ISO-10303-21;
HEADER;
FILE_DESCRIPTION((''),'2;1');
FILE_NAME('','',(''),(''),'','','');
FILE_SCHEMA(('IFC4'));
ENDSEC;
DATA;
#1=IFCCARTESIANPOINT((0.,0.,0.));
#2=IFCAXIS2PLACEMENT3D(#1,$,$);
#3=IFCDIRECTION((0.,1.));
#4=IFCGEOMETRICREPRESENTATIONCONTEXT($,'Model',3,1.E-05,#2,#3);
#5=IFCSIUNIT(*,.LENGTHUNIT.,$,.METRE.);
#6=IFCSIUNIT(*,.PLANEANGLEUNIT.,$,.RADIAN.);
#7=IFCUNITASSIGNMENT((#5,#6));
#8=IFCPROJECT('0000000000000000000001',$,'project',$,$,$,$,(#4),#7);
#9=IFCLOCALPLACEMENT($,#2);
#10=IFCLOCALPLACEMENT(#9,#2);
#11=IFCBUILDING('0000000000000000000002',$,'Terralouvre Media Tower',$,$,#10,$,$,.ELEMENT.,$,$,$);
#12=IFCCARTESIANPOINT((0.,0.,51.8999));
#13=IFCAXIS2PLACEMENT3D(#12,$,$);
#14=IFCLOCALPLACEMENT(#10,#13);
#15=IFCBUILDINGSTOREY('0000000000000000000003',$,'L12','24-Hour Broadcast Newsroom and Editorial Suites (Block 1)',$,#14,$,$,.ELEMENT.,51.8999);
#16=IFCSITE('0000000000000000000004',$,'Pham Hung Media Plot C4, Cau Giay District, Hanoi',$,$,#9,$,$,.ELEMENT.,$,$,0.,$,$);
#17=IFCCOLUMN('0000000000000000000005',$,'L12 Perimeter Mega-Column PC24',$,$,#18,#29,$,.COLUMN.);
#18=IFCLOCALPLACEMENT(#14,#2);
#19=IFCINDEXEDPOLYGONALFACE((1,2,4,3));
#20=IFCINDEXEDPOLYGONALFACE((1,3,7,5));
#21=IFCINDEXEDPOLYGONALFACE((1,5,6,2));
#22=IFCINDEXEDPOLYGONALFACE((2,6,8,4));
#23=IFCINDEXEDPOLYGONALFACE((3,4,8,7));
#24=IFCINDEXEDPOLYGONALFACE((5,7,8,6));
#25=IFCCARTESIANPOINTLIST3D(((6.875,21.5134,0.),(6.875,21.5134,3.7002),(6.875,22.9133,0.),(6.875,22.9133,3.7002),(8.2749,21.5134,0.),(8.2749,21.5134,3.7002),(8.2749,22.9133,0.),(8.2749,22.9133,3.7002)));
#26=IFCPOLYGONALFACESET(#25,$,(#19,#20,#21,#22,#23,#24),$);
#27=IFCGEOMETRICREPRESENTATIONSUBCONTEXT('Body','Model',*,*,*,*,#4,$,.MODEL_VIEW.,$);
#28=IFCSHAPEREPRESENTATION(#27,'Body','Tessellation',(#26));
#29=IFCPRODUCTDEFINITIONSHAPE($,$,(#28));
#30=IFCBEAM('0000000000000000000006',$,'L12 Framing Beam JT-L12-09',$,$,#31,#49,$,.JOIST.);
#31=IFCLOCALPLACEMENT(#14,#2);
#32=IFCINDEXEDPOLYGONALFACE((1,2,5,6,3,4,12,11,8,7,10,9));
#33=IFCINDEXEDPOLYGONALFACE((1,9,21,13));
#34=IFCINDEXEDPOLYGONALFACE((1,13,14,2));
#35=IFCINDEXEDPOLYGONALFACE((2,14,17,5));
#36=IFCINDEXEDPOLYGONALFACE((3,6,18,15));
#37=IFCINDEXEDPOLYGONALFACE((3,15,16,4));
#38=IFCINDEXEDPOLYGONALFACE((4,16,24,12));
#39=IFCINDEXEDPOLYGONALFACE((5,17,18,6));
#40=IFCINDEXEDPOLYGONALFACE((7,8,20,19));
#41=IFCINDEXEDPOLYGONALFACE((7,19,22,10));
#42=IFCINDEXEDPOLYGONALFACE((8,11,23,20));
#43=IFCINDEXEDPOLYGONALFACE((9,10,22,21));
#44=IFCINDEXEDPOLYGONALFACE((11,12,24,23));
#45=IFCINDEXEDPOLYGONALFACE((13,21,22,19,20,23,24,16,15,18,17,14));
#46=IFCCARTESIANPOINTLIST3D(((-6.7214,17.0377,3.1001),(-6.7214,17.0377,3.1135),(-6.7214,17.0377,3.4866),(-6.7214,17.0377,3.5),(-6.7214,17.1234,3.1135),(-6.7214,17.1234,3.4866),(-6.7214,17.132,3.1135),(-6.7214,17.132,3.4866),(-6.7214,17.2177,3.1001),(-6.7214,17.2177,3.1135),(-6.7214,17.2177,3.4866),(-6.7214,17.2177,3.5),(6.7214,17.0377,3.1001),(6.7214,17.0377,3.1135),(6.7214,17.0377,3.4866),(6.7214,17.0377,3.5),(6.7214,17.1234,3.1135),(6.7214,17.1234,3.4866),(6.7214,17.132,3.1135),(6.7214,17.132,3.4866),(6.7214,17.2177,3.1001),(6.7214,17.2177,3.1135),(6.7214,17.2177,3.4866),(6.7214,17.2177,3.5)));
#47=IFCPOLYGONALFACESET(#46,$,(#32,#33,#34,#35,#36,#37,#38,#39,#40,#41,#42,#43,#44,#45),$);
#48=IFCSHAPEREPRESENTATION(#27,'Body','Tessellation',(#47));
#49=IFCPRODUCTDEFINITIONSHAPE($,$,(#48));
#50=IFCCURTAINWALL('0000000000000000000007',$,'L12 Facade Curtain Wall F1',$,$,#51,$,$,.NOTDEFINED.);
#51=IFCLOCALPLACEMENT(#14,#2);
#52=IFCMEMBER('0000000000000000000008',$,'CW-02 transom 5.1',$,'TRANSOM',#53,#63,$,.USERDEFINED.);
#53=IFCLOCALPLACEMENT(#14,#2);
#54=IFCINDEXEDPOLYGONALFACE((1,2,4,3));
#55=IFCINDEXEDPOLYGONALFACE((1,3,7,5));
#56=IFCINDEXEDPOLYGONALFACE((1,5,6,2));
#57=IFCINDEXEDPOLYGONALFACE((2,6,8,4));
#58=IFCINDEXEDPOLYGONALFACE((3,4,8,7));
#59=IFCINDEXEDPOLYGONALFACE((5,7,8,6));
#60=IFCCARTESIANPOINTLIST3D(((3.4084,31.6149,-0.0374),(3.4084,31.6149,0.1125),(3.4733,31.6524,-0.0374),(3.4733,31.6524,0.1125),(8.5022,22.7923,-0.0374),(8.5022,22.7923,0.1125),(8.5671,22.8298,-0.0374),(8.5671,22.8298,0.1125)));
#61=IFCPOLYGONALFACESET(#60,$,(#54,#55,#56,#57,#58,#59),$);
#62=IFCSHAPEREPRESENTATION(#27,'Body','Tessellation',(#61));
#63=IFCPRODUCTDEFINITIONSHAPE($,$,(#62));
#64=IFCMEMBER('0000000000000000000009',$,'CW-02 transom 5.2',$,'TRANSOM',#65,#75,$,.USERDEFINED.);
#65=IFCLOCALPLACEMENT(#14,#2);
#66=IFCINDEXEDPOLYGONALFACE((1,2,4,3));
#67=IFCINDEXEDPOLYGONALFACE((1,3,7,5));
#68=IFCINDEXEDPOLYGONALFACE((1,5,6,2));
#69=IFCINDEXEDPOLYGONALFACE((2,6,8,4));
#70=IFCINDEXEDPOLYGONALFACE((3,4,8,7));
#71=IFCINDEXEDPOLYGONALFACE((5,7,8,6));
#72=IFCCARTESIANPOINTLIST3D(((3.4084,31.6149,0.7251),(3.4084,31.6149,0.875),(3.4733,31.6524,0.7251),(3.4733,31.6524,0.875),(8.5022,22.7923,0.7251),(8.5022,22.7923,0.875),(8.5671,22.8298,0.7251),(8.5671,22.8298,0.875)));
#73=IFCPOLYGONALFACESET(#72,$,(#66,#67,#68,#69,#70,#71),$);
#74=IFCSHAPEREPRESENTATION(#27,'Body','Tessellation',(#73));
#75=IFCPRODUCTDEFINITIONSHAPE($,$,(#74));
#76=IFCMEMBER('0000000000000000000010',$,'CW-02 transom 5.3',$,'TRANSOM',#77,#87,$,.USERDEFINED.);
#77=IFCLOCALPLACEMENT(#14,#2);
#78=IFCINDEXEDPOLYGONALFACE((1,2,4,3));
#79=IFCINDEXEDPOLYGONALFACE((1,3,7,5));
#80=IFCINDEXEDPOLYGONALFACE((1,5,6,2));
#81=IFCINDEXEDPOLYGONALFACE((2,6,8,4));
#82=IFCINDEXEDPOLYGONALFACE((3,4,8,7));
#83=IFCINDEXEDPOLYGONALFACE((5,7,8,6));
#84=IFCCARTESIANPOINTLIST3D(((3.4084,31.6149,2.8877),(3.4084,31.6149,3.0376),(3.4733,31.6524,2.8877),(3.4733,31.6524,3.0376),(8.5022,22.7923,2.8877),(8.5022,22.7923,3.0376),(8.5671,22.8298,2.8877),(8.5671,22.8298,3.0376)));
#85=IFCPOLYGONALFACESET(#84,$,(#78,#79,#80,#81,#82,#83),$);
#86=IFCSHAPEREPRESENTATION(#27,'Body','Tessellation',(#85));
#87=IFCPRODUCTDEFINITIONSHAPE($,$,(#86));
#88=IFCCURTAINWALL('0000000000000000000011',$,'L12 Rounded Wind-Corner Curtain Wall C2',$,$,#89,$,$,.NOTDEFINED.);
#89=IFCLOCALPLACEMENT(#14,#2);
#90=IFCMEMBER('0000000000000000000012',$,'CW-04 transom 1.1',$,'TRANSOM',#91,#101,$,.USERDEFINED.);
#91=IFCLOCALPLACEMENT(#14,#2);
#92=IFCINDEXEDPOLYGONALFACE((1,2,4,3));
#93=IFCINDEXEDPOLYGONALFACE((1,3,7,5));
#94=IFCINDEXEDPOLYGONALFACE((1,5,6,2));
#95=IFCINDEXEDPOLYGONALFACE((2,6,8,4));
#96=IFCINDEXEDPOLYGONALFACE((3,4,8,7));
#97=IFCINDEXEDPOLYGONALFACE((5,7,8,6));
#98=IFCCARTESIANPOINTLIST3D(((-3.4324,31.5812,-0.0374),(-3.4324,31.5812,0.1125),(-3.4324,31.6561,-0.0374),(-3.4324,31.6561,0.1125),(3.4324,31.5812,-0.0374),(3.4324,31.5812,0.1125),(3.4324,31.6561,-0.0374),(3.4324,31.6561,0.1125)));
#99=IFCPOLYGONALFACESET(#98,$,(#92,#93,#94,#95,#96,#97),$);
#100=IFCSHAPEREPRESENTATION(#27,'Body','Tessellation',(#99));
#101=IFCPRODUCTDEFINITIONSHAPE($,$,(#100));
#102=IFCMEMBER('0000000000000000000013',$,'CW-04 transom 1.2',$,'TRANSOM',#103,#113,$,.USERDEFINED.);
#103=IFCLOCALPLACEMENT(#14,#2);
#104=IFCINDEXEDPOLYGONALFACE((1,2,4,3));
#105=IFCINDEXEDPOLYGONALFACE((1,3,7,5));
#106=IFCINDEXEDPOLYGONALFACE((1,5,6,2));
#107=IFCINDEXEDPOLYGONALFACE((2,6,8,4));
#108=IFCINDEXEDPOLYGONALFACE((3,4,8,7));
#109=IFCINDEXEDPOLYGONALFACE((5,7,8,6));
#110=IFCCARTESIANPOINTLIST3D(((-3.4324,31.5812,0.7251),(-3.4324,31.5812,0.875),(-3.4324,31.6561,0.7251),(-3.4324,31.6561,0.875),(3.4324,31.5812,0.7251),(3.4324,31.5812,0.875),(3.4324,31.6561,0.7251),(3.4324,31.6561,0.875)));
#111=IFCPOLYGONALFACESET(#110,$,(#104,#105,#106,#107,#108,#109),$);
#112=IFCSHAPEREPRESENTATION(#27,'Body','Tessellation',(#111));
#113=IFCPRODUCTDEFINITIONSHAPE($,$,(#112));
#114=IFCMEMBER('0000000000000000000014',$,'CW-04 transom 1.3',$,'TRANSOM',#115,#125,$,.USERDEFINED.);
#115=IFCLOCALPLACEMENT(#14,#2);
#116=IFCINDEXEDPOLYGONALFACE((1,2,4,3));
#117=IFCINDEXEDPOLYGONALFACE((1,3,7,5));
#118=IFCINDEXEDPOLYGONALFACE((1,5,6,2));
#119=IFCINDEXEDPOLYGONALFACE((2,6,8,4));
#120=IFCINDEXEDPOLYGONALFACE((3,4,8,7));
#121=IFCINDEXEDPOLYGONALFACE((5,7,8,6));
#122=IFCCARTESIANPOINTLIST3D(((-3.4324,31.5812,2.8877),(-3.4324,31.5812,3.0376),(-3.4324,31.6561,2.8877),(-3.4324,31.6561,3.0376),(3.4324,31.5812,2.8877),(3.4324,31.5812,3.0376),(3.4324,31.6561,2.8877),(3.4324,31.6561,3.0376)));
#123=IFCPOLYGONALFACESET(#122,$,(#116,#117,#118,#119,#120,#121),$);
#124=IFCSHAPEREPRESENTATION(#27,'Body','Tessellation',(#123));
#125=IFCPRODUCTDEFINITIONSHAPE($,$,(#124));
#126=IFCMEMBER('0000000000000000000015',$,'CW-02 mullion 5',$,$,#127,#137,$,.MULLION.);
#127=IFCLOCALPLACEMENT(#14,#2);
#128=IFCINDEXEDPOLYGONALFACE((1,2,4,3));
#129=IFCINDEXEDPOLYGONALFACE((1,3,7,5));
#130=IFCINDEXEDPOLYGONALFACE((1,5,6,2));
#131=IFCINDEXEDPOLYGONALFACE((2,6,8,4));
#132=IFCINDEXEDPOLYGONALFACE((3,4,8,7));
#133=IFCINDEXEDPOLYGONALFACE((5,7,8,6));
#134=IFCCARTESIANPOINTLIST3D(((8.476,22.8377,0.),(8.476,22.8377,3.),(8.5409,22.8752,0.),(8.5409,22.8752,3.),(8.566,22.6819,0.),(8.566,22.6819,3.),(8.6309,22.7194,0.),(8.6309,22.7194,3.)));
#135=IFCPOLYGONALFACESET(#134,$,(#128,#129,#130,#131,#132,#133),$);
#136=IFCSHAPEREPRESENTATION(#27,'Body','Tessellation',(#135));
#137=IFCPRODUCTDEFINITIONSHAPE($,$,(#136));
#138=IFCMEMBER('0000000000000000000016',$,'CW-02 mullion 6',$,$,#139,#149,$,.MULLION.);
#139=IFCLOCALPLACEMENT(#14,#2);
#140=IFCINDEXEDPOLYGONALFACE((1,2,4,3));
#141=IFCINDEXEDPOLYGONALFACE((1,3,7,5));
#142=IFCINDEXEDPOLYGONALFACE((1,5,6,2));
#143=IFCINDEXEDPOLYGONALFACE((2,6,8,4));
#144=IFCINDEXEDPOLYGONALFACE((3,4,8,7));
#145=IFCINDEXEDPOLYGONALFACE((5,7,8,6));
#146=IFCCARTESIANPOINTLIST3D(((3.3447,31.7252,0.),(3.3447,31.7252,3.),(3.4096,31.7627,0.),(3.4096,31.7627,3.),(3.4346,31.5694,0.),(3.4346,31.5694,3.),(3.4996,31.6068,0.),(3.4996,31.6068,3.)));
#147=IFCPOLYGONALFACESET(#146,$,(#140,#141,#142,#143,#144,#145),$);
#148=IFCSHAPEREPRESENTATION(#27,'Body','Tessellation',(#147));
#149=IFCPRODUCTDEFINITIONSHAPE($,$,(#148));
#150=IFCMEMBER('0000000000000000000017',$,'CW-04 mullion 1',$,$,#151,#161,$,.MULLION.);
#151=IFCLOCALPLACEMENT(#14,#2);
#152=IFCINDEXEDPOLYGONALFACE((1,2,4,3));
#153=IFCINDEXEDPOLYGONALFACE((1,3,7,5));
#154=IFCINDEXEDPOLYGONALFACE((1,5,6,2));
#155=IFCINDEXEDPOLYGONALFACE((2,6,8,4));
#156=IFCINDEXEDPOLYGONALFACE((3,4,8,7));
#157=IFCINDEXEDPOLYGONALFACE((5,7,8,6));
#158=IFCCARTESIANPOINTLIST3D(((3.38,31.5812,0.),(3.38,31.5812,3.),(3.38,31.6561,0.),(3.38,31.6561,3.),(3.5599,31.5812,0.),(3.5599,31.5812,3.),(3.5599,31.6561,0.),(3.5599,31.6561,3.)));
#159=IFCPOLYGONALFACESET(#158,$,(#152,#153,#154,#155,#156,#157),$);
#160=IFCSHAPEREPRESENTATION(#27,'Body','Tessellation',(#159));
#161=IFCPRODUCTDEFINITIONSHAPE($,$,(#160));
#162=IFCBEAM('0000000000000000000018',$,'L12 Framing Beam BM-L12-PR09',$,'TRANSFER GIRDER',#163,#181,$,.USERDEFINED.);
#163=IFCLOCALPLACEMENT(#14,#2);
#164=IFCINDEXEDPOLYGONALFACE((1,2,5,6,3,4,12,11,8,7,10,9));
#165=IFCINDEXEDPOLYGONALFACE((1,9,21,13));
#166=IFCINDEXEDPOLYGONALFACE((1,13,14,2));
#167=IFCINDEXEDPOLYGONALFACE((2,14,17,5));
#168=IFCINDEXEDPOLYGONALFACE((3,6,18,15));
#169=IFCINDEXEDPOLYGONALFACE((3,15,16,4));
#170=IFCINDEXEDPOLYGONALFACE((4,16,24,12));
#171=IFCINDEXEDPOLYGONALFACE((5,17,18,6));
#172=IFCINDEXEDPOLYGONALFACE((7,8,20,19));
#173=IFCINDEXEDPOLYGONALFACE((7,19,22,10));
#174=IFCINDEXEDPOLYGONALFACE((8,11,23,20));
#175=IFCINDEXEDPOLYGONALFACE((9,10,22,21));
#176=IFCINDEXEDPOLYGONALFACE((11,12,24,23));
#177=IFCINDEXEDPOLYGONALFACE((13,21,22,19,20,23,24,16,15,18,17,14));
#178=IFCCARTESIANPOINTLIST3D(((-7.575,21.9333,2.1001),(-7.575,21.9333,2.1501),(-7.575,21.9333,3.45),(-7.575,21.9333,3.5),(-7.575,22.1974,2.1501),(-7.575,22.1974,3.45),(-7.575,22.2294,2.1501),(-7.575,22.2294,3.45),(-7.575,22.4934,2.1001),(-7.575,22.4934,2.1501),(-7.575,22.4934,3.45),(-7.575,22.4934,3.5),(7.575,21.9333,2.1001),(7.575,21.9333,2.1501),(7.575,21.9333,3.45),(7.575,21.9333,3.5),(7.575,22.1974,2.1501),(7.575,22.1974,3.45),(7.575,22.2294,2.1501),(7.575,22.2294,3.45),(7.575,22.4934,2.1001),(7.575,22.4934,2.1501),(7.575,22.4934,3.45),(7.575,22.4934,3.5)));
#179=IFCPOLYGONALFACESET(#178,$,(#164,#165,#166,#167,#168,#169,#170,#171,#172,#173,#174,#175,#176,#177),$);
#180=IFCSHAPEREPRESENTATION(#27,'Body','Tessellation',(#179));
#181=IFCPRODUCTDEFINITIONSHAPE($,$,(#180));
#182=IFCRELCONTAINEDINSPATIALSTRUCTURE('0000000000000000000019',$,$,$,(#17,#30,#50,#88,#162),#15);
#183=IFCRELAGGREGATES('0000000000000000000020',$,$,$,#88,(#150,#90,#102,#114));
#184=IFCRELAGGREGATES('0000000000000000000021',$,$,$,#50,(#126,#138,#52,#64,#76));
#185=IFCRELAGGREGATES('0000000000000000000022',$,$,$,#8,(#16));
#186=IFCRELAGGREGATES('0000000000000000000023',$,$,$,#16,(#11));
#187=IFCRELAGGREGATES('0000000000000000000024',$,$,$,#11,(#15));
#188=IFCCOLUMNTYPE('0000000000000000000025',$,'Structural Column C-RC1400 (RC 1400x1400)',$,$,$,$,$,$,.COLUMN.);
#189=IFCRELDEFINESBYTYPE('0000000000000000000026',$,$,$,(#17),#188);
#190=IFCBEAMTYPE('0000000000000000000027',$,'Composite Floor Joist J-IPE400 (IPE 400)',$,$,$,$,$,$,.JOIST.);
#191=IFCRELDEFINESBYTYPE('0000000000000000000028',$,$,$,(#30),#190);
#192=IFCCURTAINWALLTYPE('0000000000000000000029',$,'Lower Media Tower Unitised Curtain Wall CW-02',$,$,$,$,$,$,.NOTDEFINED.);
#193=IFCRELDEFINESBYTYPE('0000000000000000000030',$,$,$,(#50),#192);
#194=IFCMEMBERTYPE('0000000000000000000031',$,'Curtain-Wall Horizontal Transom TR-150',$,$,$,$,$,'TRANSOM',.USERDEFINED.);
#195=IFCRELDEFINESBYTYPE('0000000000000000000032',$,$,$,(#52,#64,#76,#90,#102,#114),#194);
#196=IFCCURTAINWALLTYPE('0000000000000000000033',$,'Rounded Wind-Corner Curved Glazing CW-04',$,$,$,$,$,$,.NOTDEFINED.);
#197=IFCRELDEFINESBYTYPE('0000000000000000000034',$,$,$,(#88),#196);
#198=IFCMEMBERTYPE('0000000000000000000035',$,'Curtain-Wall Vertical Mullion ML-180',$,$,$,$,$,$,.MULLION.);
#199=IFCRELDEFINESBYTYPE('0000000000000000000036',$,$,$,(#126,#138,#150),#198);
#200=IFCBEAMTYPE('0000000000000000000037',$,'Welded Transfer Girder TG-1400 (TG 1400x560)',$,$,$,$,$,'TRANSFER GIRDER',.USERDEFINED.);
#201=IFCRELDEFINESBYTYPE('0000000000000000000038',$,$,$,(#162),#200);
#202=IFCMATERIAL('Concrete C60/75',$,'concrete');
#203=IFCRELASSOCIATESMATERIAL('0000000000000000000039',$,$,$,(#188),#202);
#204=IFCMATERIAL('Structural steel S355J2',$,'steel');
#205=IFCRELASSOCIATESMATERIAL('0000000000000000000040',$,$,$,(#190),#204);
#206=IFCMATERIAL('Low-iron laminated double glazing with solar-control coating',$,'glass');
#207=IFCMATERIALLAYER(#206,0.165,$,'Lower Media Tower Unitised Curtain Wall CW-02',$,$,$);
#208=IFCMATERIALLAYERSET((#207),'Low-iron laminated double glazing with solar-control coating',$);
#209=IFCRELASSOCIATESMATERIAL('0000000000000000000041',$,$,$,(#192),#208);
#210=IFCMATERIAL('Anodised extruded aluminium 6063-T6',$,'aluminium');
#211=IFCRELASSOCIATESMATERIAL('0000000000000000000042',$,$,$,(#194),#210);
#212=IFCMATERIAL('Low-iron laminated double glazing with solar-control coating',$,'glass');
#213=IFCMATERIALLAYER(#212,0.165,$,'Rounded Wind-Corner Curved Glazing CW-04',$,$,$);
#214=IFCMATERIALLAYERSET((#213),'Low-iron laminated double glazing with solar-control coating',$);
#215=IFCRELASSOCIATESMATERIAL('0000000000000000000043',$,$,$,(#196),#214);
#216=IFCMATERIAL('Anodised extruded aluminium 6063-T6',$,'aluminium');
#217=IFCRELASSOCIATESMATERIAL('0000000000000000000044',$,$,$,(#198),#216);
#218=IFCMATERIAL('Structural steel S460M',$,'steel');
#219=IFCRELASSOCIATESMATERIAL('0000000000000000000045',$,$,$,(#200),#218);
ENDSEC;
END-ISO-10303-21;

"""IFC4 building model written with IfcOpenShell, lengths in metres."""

from ifc_helpers import new_model, si_unit, direction, frame, origin, origin_2d, place, context, subcontext, project, spatial, rectangle, i_section, extrude, material, layer, layer_set, material_profile, profile_set, type_object, element, aggregate, save


model = new_model("IFC4")

# Units and contexts
model_context = context("Model", 3, precision=1e-05, world=origin(), true_north=direction((0.0, 1.0)))
body_context = subcontext(model_context, "Body", "Model", "MODEL_VIEW")
ifc_project = project(units=[si_unit("LENGTHUNIT", "METRE"), si_unit("PLANEANGLEUNIT", "RADIAN")], contexts=[model_context])

# Site, building, storey
site_placement = place(None, origin())
site = spatial("IfcSite", under=ifc_project, at=site_placement, Name="Pham Hung Media Plot C4, Cau Giay District, Hanoi", CompositionType="ELEMENT", RefElevation=0.0)
building_placement = place(site_placement, origin())
building = spatial("IfcBuilding", under=site, at=building_placement, Name="Terralouvre Media Tower", CompositionType="ELEMENT")
storey_placement = place(building_placement, frame((0.0, 0.0, 51.8999)))
storey = spatial("IfcBuildingStorey", under=building, at=storey_placement, Name="L12", Description="24-Hour Broadcast Newsroom and Editorial Suites (Block 1)", CompositionType="ELEMENT", Elevation=51.8999)

# Column
ifc_material_1 = material(Name="Concrete C60/75", Category="concrete")
ifc_material_profile_1 = material_profile(ifc_material_1, rectangle(XDim=1.3999, YDim=1.3999, at=origin_2d()), Name="RC 1400x1400")
ifc_profile_set_1 = profile_set([ifc_material_profile_1], Name="Concrete C60/75")
column_type = type_object("IfcColumnType", Name="Structural Column C-RC1400 (RC 1400x1400)", PredefinedType="COLUMN", material=ifc_profile_set_1)
column_placement = place(storey_placement, frame((7.575, 22.2134, 0.0), z_axis=(0.0, 0.0, 1.0), x_axis=(1.0, 0.0, 0.0)))
element("IfcColumn", 1, at=column_placement, inside=storey, type_object=column_type, Name="L12 Perimeter Mega-Column PC24", PredefinedType="COLUMN", context=body_context, shape_type="SweptSolid", body=[
    extrude(rectangle(XDim=1.3999, YDim=1.3999, at=origin_2d()), origin(), (0.0, 0.0, 1.0), 3.7002),
])

# Beam
ifc_material_2 = material(Name="Structural steel S355J2", Category="steel")
ifc_material_profile_2 = material_profile(ifc_material_2, i_section(OverallWidth=0.1799, OverallDepth=0.3999, WebThickness=0.0085, FlangeThickness=0.0134, at=origin_2d()), Name="IPE 400")
ifc_profile_set_2 = profile_set([ifc_material_profile_2], Name="Structural steel S355J2")
beam_type_1 = type_object("IfcBeamType", Name="Composite Floor Joist J-IPE400 (IPE 400)", PredefinedType="JOIST", material=ifc_profile_set_2)
beam_1_placement = place(storey_placement, frame((6.7214, 17.1277, 3.3), z_axis=(-1.0, 0.0, 0.0), x_axis=(0.0, -1.0, 0.0)))
element("IfcBeam", 2, at=beam_1_placement, inside=storey, type_object=beam_type_1, Name="L12 Framing Beam JT-L12-09", PredefinedType="JOIST", context=body_context, shape_type="SweptSolid", body=[
    extrude(i_section(OverallWidth=0.1799, OverallDepth=0.3999, WebThickness=0.0085, FlangeThickness=0.0134, at=origin_2d()), origin(), (0.0, 0.0, 1.0), 13.4429),
])

# Curtain walls, members
ifc_material_3 = material(Name="Low-iron laminated double glazing with solar-control coating", Category="glass")
ifc_layer_1 = layer(ifc_material_3, 0.165, Name="Lower Media Tower Unitised Curtain Wall CW-02")
ifc_layer_set_1 = layer_set([ifc_layer_1], Name="Low-iron laminated double glazing with solar-control coating")
curtain_wall_type_1 = type_object("IfcCurtainWallType", Name="Lower Media Tower Unitised Curtain Wall CW-02", PredefinedType="NOTDEFINED", material=ifc_layer_set_1)
curtain_wall_1_placement = place(storey_placement, origin())
curtain_wall_1 = element("IfcCurtainWall", 3, at=curtain_wall_1_placement, inside=storey, type_object=curtain_wall_type_1, Name="L12 Facade Curtain Wall F1", PredefinedType="NOTDEFINED")
ifc_material_4 = material(Name="Anodised extruded aluminium 6063-T6", Category="aluminium")
ifc_material_profile_3 = material_profile(ifc_material_4, rectangle(XDim=0.075, YDim=0.1499, at=origin_2d()), Name="ALU 75x150")
ifc_profile_set_3 = profile_set([ifc_material_profile_3], Name="Anodised extruded aluminium 6063-T6")
member_type_1 = type_object("IfcMemberType", Name="Curtain-Wall Horizontal Transom TR-150", ElementType="TRANSOM", PredefinedType="USERDEFINED", material=ifc_profile_set_3)
member_1_placement = place(storey_placement, frame((8.5347, 22.811, 0.0376), z_axis=(-0.500005, 0.866022, 0.0), x_axis=(-0.866022, -0.500005, 0.0)))
member_1 = element("IfcMember", 4, at=member_1_placement, type_object=member_type_1, Name="CW-02 transom 5.1", ObjectType="TRANSOM", PredefinedType="USERDEFINED", context=body_context, shape_type="SweptSolid", body=[
    extrude(rectangle(XDim=0.075, YDim=0.1499, at=origin_2d()), origin(), (0.0, 0.0, 1.0), 10.1875),
])
member_2_placement = place(storey_placement, frame((8.5347, 22.811, 0.8), z_axis=(-0.500005, 0.866022, 0.0), x_axis=(-0.866022, -0.500005, 0.0)))
member_2 = element("IfcMember", 5, at=member_2_placement, type_object=member_type_1, Name="CW-02 transom 5.2", ObjectType="TRANSOM", PredefinedType="USERDEFINED", context=body_context, shape_type="SweptSolid", body=[
    extrude(rectangle(XDim=0.075, YDim=0.1499, at=origin_2d()), origin(), (0.0, 0.0, 1.0), 10.1875),
])
member_3_placement = place(storey_placement, frame((8.5347, 22.811, 2.9626), z_axis=(-0.500005, 0.866022, 0.0), x_axis=(-0.866022, -0.500005, 0.0)))
member_3 = element("IfcMember", 6, at=member_3_placement, type_object=member_type_1, Name="CW-02 transom 5.3", ObjectType="TRANSOM", PredefinedType="USERDEFINED", context=body_context, shape_type="SweptSolid", body=[
    extrude(rectangle(XDim=0.075, YDim=0.1499, at=origin_2d()), origin(), (0.0, 0.0, 1.0), 10.1875),
])
ifc_material_5 = material(Name="Low-iron laminated double glazing with solar-control coating", Category="glass")
ifc_layer_2 = layer(ifc_material_5, 0.165, Name="Rounded Wind-Corner Curved Glazing CW-04")
ifc_layer_set_2 = layer_set([ifc_layer_2], Name="Low-iron laminated double glazing with solar-control coating")
curtain_wall_type_2 = type_object("IfcCurtainWallType", Name="Rounded Wind-Corner Curved Glazing CW-04", PredefinedType="NOTDEFINED", material=ifc_layer_set_2)
curtain_wall_2_placement = place(storey_placement, origin())
curtain_wall_2 = element("IfcCurtainWall", 7, at=curtain_wall_2_placement, inside=storey, type_object=curtain_wall_type_2, Name="L12 Rounded Wind-Corner Curtain Wall C2", PredefinedType="NOTDEFINED")
member_4_placement = place(storey_placement, frame((3.4324, 31.6187, 0.0376), z_axis=(-1.0, 0.0, 0.0), x_axis=(0.0, -1.0, 0.0)))
member_4 = element("IfcMember", 8, at=member_4_placement, type_object=member_type_1, Name="CW-04 transom 1.1", ObjectType="TRANSOM", PredefinedType="USERDEFINED", context=body_context, shape_type="SweptSolid", body=[
    extrude(rectangle(XDim=0.075, YDim=0.1499, at=origin_2d()), origin(), (0.0, 0.0, 1.0), 6.8647),
])
member_5_placement = place(storey_placement, frame((3.4324, 31.6187, 0.8), z_axis=(-1.0, 0.0, 0.0), x_axis=(0.0, -1.0, 0.0)))
member_5 = element("IfcMember", 9, at=member_5_placement, type_object=member_type_1, Name="CW-04 transom 1.2", ObjectType="TRANSOM", PredefinedType="USERDEFINED", context=body_context, shape_type="SweptSolid", body=[
    extrude(rectangle(XDim=0.075, YDim=0.1499, at=origin_2d()), origin(), (0.0, 0.0, 1.0), 6.8647),
])
member_6_placement = place(storey_placement, frame((3.4324, 31.6187, 2.9626), z_axis=(-1.0, 0.0, 0.0), x_axis=(0.0, -1.0, 0.0)))
member_6 = element("IfcMember", 10, at=member_6_placement, type_object=member_type_1, Name="CW-04 transom 1.3", ObjectType="TRANSOM", PredefinedType="USERDEFINED", context=body_context, shape_type="SweptSolid", body=[
    extrude(rectangle(XDim=0.075, YDim=0.1499, at=origin_2d()), origin(), (0.0, 0.0, 1.0), 6.8647),
])

# Members
ifc_material_6 = material(Name="Anodised extruded aluminium 6063-T6", Category="aluminium")
ifc_material_profile_4 = material_profile(ifc_material_6, rectangle(XDim=0.075, YDim=0.1799, at=origin_2d()), Name="ALU 75x180")
ifc_profile_set_4 = profile_set([ifc_material_profile_4], Name="Anodised extruded aluminium 6063-T6")
member_type_2 = type_object("IfcMemberType", Name="Curtain-Wall Vertical Mullion ML-180", PredefinedType="MULLION", material=ifc_profile_set_4)
member_7_placement = place(storey_placement, frame((8.5535, 22.7786, 0.0), z_axis=(0.0, 0.0, 1.0), x_axis=(-0.866025, -0.5, 0.0)))
member_7 = element("IfcMember", 11, at=member_7_placement, type_object=member_type_2, Name="CW-02 mullion 5", PredefinedType="MULLION", context=body_context, shape_type="SweptSolid", body=[
    extrude(rectangle(XDim=0.075, YDim=0.1799, at=origin_2d()), origin(), (0.0, 0.0, 1.0), 3.0),
])
member_8_placement = place(storey_placement, frame((3.4221, 31.666, 0.0), z_axis=(0.0, 0.0, 1.0), x_axis=(-0.866025, -0.5, 0.0)))
member_8 = element("IfcMember", 12, at=member_8_placement, type_object=member_type_2, Name="CW-02 mullion 6", PredefinedType="MULLION", context=body_context, shape_type="SweptSolid", body=[
    extrude(rectangle(XDim=0.075, YDim=0.1799, at=origin_2d()), origin(), (0.0, 0.0, 1.0), 3.0),
])
member_9_placement = place(storey_placement, frame((3.47, 31.6187, 0.0), z_axis=(0.0, 0.0, 1.0), x_axis=(0.0, -1.0, 0.0)))
member_9 = element("IfcMember", 13, at=member_9_placement, type_object=member_type_2, Name="CW-04 mullion 1", PredefinedType="MULLION", context=body_context, shape_type="SweptSolid", body=[
    extrude(rectangle(XDim=0.075, YDim=0.1799, at=origin_2d()), origin(), (0.0, 0.0, 1.0), 3.0),
])
aggregate(curtain_wall_2, [member_9, member_4, member_5, member_6])

# Beam
ifc_material_7 = material(Name="Structural steel S460M", Category="steel")
ifc_material_profile_5 = material_profile(ifc_material_7, i_section(OverallWidth=0.5601, OverallDepth=1.3999, WebThickness=0.032, FlangeThickness=0.05, at=origin_2d()), Name="TG 1400x560")
ifc_profile_set_5 = profile_set([ifc_material_profile_5], Name="Structural steel S460M")
beam_type_2 = type_object("IfcBeamType", Name="Welded Transfer Girder TG-1400 (TG 1400x560)", ElementType="TRANSFER GIRDER", PredefinedType="USERDEFINED", material=ifc_profile_set_5)
beam_2_placement = place(storey_placement, frame((7.575, 22.2134, 2.8), z_axis=(-1.0, 0.0, 0.0), x_axis=(0.0, -1.0, 0.0)))
element("IfcBeam", 14, at=beam_2_placement, inside=storey, type_object=beam_type_2, Name="L12 Framing Beam BM-L12-PR09", ObjectType="TRANSFER GIRDER", PredefinedType="USERDEFINED", context=body_context, shape_type="SweptSolid", body=[
    extrude(i_section(OverallWidth=0.5601, OverallDepth=1.3999, WebThickness=0.032, FlangeThickness=0.05, at=origin_2d()), origin(), (0.0, 0.0, 1.0), 15.1499),
])

aggregate(curtain_wall_1, [member_7, member_8, member_1, member_2, member_3])

save(model, "model.ifc")
